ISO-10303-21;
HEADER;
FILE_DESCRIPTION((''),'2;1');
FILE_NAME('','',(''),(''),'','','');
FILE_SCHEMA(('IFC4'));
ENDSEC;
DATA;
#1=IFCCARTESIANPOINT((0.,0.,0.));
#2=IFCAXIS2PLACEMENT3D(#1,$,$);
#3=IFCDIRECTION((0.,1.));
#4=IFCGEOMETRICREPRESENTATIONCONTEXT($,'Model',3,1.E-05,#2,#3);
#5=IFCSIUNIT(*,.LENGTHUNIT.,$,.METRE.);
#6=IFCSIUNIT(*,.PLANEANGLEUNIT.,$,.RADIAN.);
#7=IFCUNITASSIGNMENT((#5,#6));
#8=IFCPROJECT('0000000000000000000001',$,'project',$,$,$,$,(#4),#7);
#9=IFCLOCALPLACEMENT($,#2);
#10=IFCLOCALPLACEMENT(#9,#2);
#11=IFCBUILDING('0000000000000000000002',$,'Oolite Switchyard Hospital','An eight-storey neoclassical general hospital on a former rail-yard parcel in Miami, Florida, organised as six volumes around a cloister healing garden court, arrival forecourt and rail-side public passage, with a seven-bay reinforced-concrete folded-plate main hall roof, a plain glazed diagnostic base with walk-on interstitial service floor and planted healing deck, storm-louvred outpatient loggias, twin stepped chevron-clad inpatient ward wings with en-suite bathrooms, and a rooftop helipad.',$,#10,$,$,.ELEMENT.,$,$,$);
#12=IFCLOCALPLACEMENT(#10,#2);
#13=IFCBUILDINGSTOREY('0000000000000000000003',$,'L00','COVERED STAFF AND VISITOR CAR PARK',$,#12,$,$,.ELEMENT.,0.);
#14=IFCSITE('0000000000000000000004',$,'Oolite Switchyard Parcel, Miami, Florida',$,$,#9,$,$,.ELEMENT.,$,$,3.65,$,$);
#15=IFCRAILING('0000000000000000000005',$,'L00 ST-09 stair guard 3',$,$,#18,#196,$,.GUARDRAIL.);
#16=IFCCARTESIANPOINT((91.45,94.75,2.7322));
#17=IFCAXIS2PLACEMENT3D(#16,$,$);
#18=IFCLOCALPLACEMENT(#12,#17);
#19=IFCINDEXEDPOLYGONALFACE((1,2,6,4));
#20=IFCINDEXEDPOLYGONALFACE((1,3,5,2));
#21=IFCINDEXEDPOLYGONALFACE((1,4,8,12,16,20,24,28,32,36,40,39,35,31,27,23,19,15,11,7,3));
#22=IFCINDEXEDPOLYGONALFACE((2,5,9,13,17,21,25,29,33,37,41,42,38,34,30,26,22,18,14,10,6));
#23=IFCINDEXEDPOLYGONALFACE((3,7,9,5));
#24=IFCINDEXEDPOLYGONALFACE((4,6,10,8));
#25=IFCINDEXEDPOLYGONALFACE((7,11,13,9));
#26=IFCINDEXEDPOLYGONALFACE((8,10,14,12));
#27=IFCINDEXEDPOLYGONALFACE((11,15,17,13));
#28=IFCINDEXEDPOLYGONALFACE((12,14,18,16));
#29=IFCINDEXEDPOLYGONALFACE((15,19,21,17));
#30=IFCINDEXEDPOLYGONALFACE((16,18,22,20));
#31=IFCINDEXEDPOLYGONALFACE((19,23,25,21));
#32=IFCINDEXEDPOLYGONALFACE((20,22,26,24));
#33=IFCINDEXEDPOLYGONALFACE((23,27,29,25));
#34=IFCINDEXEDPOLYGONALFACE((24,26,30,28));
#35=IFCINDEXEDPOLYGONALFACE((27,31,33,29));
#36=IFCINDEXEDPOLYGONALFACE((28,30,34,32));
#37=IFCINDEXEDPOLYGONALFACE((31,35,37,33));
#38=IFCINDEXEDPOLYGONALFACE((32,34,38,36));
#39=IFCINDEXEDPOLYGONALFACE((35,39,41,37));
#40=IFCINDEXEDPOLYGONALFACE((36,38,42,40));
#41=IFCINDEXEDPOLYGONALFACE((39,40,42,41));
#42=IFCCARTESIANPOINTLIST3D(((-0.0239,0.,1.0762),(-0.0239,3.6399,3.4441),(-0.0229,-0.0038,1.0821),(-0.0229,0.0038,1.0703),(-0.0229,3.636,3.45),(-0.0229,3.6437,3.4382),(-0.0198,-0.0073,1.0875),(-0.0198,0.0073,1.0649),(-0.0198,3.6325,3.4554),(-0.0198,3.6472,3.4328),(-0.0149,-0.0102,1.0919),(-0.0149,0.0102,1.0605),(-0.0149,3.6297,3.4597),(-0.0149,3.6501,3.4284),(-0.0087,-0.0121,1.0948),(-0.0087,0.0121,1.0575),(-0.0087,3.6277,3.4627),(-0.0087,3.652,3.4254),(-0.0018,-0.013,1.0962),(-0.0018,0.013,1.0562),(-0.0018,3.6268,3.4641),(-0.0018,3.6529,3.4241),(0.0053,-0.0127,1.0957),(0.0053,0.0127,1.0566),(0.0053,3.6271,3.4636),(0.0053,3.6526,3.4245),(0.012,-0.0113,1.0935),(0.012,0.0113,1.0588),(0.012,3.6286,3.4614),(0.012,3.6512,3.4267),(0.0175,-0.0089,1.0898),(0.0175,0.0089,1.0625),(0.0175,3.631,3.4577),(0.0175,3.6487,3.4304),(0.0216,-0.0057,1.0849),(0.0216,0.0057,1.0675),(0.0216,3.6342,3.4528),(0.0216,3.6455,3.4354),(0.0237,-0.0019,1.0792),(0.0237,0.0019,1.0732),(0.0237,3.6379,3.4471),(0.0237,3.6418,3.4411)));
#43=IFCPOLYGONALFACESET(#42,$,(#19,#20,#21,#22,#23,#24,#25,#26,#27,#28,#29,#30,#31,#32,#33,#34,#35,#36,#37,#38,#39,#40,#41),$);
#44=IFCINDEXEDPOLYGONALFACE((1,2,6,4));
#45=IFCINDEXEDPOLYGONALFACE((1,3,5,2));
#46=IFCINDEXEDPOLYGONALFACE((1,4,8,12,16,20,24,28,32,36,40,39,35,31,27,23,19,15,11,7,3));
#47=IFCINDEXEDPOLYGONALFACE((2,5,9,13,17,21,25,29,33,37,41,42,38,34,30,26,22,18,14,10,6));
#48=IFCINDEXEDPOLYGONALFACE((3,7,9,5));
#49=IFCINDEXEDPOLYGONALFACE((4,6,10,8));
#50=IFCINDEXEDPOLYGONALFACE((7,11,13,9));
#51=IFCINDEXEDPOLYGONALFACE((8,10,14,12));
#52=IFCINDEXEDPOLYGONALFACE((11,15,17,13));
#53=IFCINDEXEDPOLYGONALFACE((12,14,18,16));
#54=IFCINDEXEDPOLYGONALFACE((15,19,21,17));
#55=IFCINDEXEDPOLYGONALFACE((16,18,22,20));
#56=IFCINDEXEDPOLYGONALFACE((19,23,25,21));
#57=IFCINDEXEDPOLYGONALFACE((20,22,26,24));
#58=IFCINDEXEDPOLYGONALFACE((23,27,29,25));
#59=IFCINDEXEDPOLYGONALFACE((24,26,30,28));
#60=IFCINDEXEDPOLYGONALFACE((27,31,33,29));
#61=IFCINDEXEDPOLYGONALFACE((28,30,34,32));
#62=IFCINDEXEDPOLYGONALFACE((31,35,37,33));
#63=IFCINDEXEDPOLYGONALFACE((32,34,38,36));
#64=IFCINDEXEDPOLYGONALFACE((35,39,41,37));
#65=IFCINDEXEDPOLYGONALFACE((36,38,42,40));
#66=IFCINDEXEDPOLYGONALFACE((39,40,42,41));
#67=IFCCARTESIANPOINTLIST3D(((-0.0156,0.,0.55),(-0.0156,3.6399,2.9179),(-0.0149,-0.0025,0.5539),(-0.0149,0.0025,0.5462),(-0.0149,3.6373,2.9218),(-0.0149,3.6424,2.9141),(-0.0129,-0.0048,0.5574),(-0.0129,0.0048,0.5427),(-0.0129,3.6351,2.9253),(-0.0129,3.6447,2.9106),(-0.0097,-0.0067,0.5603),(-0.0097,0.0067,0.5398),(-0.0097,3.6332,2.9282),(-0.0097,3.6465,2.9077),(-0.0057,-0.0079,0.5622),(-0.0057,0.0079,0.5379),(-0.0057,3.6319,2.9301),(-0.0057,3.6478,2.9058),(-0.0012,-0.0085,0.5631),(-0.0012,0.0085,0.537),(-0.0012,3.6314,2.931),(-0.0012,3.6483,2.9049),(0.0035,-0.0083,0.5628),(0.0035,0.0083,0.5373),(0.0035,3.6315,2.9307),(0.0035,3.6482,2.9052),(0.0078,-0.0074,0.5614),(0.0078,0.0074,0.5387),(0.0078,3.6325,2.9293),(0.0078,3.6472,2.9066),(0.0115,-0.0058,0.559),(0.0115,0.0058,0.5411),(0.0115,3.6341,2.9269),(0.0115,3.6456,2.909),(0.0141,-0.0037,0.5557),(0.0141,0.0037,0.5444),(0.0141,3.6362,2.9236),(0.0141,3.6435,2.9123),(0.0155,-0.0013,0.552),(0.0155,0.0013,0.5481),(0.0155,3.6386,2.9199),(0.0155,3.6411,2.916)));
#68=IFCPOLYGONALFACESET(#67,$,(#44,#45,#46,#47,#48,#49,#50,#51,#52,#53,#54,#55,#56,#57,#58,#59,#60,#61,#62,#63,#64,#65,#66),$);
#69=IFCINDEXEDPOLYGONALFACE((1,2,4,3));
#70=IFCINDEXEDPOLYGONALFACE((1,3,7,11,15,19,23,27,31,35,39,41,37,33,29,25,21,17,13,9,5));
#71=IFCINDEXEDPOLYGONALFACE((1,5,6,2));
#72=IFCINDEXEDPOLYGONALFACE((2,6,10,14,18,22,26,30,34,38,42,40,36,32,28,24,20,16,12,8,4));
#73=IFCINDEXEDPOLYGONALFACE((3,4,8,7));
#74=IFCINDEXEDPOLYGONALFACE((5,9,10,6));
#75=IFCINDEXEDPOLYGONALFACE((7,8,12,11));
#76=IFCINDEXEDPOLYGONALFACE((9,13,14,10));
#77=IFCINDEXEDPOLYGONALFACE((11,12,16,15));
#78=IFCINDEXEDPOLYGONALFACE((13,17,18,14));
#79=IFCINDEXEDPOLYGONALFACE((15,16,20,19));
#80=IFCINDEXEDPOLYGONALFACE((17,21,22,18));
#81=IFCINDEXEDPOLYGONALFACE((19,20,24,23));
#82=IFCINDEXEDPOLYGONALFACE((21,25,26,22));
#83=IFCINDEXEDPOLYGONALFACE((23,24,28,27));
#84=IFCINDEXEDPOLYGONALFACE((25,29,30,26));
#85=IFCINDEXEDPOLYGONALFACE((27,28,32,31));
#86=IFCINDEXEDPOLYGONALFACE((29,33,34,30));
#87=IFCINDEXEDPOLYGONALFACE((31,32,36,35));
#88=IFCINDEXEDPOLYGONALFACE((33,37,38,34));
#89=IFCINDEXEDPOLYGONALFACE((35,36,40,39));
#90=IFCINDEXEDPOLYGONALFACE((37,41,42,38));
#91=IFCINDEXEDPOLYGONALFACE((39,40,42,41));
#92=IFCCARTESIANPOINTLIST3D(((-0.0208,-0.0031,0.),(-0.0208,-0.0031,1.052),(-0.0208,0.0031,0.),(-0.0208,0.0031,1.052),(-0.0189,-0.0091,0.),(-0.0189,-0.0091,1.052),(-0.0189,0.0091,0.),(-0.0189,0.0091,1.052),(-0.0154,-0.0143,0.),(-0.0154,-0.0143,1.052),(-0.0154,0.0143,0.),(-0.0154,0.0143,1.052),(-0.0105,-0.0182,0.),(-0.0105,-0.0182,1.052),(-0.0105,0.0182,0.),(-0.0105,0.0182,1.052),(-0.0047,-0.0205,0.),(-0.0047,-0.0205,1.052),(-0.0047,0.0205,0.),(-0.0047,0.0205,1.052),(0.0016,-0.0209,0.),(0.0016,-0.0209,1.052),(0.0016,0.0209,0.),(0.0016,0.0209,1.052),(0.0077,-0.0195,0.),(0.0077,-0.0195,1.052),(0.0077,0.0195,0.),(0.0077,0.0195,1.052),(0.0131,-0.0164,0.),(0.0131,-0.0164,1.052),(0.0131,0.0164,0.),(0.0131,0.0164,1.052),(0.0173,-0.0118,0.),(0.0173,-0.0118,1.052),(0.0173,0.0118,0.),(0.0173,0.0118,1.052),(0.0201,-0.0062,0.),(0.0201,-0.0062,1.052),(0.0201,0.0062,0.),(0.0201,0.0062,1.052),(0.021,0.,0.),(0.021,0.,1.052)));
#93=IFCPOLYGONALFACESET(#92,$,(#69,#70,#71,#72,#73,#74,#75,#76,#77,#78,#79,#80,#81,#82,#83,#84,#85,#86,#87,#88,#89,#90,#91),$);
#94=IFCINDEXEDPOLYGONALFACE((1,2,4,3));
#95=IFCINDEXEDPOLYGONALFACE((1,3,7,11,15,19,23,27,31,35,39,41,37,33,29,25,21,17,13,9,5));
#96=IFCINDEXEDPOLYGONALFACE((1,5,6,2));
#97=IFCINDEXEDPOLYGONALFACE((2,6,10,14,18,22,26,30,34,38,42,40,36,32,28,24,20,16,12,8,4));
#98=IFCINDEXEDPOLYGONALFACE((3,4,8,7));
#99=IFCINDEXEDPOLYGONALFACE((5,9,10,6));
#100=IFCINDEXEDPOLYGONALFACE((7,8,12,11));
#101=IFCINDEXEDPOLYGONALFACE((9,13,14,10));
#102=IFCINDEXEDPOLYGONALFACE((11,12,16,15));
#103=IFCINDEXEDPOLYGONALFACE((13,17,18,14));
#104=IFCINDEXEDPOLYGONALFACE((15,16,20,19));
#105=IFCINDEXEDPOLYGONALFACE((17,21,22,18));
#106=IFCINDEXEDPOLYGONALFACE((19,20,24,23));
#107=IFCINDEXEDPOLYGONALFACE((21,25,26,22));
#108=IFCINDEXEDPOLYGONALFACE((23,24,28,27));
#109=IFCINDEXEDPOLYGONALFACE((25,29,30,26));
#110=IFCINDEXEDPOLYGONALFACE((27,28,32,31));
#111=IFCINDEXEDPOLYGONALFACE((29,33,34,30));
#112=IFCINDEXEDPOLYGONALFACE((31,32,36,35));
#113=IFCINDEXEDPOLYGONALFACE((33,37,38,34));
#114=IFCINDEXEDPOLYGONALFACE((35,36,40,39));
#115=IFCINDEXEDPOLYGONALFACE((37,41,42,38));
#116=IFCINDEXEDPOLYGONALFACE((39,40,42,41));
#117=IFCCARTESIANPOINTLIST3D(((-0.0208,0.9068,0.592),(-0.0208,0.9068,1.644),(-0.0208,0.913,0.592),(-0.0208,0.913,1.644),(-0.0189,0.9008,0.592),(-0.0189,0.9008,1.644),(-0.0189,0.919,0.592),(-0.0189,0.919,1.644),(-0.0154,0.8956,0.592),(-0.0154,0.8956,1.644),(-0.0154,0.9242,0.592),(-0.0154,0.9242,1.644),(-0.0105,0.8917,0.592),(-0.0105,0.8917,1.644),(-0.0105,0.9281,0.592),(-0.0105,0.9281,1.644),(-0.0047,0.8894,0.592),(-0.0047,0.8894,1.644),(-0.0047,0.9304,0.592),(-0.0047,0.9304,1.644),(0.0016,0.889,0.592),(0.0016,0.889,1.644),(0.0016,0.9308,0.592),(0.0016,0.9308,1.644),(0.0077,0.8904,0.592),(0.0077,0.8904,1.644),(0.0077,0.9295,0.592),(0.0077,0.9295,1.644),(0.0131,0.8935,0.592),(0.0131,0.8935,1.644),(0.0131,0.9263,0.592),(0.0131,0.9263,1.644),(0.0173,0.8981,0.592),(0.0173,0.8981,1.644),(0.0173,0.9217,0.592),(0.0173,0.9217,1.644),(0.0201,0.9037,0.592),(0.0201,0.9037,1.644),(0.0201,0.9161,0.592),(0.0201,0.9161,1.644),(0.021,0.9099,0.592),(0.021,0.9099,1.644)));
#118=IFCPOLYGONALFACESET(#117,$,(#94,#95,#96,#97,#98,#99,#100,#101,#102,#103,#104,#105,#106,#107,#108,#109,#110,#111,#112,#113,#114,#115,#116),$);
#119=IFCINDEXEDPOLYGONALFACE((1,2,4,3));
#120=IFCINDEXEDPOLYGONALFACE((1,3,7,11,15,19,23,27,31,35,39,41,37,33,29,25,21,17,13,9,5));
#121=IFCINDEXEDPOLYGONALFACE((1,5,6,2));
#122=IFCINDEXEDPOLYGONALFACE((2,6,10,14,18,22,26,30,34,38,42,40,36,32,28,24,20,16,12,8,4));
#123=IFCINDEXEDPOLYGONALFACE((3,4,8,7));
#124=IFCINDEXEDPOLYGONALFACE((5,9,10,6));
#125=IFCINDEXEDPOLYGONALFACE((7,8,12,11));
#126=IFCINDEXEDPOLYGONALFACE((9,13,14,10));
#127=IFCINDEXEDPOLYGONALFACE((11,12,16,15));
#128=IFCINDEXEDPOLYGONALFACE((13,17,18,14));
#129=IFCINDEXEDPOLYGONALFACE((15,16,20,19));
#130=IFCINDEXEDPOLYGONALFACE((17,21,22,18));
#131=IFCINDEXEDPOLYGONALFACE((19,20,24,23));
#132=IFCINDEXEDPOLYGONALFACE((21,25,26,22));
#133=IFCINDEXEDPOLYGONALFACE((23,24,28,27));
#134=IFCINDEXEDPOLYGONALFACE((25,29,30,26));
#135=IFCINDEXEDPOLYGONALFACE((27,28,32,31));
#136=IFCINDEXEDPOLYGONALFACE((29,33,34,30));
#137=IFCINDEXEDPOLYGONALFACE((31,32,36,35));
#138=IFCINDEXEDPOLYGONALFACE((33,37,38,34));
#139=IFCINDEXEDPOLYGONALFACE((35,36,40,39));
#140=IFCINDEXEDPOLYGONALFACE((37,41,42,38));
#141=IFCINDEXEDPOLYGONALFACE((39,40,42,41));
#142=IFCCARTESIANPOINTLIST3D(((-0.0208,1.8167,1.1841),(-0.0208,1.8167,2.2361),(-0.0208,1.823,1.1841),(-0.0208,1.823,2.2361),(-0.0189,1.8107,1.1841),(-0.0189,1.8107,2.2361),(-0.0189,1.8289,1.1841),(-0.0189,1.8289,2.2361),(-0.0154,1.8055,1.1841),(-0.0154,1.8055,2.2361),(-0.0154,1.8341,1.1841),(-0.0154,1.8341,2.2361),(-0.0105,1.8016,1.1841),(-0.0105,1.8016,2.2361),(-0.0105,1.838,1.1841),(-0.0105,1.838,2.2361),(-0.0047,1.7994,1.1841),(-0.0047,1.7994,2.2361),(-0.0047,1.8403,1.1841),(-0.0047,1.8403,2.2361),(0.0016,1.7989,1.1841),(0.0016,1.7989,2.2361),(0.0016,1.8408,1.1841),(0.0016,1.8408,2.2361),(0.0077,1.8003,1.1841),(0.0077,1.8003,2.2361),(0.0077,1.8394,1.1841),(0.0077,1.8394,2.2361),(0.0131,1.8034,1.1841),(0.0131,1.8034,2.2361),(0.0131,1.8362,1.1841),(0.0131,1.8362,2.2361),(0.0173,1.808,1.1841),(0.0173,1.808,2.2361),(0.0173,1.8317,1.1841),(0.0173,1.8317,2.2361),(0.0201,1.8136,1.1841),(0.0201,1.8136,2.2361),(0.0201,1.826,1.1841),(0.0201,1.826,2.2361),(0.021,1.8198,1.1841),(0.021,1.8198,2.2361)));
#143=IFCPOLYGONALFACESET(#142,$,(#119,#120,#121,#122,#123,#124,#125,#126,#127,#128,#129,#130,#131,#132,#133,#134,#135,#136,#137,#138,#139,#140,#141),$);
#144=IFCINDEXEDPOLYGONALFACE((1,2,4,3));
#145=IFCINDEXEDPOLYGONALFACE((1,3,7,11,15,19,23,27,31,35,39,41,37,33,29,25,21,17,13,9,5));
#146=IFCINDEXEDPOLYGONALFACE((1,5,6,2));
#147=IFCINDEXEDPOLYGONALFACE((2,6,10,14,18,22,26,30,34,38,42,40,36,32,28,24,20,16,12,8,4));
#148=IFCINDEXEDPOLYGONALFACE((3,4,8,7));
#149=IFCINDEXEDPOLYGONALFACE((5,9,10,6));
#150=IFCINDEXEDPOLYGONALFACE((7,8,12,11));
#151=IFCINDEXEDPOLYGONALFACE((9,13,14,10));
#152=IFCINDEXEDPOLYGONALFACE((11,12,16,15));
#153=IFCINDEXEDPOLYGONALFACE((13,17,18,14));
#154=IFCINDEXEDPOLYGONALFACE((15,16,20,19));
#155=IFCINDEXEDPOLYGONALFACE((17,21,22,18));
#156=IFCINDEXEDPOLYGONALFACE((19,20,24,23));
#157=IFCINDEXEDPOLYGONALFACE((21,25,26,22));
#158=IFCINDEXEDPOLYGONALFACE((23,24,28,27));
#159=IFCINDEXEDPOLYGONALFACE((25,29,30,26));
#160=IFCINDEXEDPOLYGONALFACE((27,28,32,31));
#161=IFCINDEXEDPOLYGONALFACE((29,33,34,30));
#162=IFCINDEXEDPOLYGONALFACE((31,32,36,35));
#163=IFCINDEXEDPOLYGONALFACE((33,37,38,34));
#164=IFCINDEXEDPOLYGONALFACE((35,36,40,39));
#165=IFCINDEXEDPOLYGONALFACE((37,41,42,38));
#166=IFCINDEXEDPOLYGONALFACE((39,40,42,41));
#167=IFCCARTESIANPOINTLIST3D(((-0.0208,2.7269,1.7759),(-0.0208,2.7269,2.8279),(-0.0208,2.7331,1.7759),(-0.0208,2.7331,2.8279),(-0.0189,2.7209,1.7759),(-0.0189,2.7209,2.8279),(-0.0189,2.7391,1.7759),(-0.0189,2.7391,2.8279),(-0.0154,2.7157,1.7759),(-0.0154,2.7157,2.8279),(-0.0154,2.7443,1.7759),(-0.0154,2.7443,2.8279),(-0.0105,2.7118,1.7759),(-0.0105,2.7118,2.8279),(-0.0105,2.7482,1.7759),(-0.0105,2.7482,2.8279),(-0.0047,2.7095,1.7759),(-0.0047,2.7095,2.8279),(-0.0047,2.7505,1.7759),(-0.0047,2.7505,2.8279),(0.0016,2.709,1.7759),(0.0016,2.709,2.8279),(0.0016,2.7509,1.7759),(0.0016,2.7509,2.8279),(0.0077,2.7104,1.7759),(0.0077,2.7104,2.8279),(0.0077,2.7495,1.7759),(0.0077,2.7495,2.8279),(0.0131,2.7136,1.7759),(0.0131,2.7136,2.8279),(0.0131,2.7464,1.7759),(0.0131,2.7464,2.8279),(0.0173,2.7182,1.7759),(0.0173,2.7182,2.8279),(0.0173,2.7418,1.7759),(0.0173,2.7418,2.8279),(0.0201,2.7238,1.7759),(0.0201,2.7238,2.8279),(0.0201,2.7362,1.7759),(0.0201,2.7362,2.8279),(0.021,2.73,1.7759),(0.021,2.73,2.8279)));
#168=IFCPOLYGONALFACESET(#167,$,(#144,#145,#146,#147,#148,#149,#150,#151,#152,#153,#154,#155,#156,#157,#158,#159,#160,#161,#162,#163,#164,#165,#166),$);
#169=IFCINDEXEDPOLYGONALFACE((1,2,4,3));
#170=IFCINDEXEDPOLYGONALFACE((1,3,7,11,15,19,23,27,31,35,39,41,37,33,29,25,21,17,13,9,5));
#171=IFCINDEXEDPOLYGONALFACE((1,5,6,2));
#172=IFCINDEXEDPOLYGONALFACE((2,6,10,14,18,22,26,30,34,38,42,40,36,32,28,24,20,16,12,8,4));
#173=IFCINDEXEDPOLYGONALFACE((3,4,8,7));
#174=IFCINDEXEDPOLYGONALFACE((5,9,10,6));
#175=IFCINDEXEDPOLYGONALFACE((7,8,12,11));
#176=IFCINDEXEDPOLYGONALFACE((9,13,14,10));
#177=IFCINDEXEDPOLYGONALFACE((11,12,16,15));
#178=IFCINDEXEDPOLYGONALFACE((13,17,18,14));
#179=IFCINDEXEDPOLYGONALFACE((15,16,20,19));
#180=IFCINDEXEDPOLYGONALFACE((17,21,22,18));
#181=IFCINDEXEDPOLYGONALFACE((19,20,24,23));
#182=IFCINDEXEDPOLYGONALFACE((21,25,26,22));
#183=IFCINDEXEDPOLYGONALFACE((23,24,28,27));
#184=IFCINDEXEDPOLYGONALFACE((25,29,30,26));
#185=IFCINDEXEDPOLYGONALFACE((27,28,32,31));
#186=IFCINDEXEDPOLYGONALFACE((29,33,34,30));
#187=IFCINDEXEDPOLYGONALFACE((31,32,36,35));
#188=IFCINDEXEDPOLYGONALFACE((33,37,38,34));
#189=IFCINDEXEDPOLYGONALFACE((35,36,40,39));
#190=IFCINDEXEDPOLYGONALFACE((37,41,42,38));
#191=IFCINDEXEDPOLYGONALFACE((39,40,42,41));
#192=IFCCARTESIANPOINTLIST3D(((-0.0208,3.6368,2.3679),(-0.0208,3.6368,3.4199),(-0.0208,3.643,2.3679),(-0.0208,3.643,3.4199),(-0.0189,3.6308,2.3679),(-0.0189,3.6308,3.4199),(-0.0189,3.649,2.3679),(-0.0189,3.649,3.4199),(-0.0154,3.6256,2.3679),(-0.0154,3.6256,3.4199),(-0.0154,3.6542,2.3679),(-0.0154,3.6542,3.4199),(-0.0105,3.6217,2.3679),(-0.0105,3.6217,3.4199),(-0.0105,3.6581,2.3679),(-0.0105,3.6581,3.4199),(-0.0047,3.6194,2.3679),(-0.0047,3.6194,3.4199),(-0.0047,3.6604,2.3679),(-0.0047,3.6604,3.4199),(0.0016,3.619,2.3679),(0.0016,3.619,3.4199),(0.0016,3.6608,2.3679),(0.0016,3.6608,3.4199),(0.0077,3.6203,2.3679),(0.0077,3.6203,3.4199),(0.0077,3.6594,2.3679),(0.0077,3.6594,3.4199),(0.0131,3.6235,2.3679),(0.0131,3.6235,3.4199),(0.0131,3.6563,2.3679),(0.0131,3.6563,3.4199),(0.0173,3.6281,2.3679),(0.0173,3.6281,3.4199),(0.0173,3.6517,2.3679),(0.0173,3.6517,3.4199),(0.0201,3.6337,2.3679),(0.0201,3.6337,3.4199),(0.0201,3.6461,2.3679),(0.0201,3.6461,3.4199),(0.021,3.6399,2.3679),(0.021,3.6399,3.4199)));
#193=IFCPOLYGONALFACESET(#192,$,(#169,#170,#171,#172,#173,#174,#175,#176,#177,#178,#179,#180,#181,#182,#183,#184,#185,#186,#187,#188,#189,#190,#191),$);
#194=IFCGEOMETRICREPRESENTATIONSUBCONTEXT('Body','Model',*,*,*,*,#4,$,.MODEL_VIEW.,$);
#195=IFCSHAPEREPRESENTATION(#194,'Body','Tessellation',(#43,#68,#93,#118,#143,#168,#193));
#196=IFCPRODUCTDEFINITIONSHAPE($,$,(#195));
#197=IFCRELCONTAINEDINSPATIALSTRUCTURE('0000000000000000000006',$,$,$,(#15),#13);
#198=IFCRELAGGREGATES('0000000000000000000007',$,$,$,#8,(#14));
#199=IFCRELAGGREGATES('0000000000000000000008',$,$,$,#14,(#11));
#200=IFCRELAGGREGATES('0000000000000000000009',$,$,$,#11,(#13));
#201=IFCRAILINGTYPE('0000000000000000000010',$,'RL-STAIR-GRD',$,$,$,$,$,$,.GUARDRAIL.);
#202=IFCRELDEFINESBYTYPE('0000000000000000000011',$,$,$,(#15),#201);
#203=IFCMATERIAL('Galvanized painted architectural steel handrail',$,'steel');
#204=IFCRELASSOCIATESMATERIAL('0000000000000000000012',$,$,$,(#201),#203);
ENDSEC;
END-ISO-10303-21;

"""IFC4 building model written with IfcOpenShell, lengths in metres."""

from ifc_helpers import new_model, si_unit, direction, frame, origin, origin_2d, place, context, subcontext, project, spatial, circle, extrude, material, type_object, element, save


model = new_model("IFC4")

# Units and contexts
model_context = context("Model", 3, precision=1e-05, world=origin(), true_north=direction((0.0, 1.0)))
body_context = subcontext(model_context, "Body", "Model", "MODEL_VIEW")
ifc_project = project(units=[si_unit("LENGTHUNIT", "METRE"), si_unit("PLANEANGLEUNIT", "RADIAN")], contexts=[model_context])

# Site, building, storey
site_placement = place(None, origin())
site = spatial("IfcSite", under=ifc_project, at=site_placement, Name="Oolite Switchyard Parcel, Miami, Florida", CompositionType="ELEMENT", RefElevation=3.65)
building_placement = place(site_placement, origin())
building = spatial("IfcBuilding", under=site, at=building_placement, Name="Oolite Switchyard Hospital", Description="An eight-storey neoclassical general hospital on a former rail-yard parcel in Miami, Florida, organised as six volumes around a cloister healing garden court, arrival forecourt and rail-side public passage, with a seven-bay reinforced-concrete folded-plate main hall roof, a plain glazed diagnostic base with walk-on interstitial service floor and planted healing deck, storm-louvred outpatient loggias, twin stepped chevron-clad inpatient ward wings with en-suite bathrooms, and a rooftop helipad.", CompositionType="ELEMENT")
storey_placement = place(building_placement, origin())
storey = spatial("IfcBuildingStorey", under=building, at=storey_placement, Name="L00", Description="COVERED STAFF AND VISITOR CAR PARK", CompositionType="ELEMENT", Elevation=0.0)

# Railing
ifc_material_1 = material(Name="Galvanized painted architectural steel handrail", Category="steel")
railing_type_1 = type_object("IfcRailingType", Name="RL-STAIR-GRD", PredefinedType="GUARDRAIL", material=ifc_material_1)
railing_1_placement = place(storey_placement, frame((91.45, 94.75, 2.7322)))
element("IfcRailing", 1, at=railing_1_placement, inside=storey, type_object=railing_type_1, Name="L00 ST-09 stair guard 3", PredefinedType="GUARDRAIL", context=body_context, shape_type="SweptSolid", body=[
    extrude(circle(Radius=0.0239, at=origin_2d()), frame((0.0, 0.0, 1.0762), z_axis=(0.0, 0.838234, 0.54531), x_axis=(-1.0, 0.0, 0.0)), (0.0, 0.0, 1.0), 4.3423),
    extrude(circle(Radius=0.0156, at=origin_2d()), frame((0.0, 0.0, 0.55), z_axis=(0.0, 0.838234, 0.54531), x_axis=(-1.0, 0.0, 0.0)), (0.0, 0.0, 1.0), 4.3423),
    extrude(circle(Radius=0.021, at=origin_2d()), origin(), (0.0, 0.0, 1.0), 1.052),
    extrude(circle(Radius=0.021, at=origin_2d()), frame((0.0, 0.9099, 0.592)), (0.0, 0.0, 1.0), 1.052),
    extrude(circle(Radius=0.021, at=origin_2d()), frame((0.0, 1.8198, 1.1841)), (0.0, 0.0, 1.0), 1.052),
    extrude(circle(Radius=0.021, at=origin_2d()), frame((0.0, 2.73, 1.7759)), (0.0, 0.0, 1.0), 1.052),
    extrude(circle(Radius=0.021, at=origin_2d()), frame((0.0, 3.6399, 2.3679)), (0.0, 0.0, 1.0), 1.052),
])

save(model, "model.ifc")
